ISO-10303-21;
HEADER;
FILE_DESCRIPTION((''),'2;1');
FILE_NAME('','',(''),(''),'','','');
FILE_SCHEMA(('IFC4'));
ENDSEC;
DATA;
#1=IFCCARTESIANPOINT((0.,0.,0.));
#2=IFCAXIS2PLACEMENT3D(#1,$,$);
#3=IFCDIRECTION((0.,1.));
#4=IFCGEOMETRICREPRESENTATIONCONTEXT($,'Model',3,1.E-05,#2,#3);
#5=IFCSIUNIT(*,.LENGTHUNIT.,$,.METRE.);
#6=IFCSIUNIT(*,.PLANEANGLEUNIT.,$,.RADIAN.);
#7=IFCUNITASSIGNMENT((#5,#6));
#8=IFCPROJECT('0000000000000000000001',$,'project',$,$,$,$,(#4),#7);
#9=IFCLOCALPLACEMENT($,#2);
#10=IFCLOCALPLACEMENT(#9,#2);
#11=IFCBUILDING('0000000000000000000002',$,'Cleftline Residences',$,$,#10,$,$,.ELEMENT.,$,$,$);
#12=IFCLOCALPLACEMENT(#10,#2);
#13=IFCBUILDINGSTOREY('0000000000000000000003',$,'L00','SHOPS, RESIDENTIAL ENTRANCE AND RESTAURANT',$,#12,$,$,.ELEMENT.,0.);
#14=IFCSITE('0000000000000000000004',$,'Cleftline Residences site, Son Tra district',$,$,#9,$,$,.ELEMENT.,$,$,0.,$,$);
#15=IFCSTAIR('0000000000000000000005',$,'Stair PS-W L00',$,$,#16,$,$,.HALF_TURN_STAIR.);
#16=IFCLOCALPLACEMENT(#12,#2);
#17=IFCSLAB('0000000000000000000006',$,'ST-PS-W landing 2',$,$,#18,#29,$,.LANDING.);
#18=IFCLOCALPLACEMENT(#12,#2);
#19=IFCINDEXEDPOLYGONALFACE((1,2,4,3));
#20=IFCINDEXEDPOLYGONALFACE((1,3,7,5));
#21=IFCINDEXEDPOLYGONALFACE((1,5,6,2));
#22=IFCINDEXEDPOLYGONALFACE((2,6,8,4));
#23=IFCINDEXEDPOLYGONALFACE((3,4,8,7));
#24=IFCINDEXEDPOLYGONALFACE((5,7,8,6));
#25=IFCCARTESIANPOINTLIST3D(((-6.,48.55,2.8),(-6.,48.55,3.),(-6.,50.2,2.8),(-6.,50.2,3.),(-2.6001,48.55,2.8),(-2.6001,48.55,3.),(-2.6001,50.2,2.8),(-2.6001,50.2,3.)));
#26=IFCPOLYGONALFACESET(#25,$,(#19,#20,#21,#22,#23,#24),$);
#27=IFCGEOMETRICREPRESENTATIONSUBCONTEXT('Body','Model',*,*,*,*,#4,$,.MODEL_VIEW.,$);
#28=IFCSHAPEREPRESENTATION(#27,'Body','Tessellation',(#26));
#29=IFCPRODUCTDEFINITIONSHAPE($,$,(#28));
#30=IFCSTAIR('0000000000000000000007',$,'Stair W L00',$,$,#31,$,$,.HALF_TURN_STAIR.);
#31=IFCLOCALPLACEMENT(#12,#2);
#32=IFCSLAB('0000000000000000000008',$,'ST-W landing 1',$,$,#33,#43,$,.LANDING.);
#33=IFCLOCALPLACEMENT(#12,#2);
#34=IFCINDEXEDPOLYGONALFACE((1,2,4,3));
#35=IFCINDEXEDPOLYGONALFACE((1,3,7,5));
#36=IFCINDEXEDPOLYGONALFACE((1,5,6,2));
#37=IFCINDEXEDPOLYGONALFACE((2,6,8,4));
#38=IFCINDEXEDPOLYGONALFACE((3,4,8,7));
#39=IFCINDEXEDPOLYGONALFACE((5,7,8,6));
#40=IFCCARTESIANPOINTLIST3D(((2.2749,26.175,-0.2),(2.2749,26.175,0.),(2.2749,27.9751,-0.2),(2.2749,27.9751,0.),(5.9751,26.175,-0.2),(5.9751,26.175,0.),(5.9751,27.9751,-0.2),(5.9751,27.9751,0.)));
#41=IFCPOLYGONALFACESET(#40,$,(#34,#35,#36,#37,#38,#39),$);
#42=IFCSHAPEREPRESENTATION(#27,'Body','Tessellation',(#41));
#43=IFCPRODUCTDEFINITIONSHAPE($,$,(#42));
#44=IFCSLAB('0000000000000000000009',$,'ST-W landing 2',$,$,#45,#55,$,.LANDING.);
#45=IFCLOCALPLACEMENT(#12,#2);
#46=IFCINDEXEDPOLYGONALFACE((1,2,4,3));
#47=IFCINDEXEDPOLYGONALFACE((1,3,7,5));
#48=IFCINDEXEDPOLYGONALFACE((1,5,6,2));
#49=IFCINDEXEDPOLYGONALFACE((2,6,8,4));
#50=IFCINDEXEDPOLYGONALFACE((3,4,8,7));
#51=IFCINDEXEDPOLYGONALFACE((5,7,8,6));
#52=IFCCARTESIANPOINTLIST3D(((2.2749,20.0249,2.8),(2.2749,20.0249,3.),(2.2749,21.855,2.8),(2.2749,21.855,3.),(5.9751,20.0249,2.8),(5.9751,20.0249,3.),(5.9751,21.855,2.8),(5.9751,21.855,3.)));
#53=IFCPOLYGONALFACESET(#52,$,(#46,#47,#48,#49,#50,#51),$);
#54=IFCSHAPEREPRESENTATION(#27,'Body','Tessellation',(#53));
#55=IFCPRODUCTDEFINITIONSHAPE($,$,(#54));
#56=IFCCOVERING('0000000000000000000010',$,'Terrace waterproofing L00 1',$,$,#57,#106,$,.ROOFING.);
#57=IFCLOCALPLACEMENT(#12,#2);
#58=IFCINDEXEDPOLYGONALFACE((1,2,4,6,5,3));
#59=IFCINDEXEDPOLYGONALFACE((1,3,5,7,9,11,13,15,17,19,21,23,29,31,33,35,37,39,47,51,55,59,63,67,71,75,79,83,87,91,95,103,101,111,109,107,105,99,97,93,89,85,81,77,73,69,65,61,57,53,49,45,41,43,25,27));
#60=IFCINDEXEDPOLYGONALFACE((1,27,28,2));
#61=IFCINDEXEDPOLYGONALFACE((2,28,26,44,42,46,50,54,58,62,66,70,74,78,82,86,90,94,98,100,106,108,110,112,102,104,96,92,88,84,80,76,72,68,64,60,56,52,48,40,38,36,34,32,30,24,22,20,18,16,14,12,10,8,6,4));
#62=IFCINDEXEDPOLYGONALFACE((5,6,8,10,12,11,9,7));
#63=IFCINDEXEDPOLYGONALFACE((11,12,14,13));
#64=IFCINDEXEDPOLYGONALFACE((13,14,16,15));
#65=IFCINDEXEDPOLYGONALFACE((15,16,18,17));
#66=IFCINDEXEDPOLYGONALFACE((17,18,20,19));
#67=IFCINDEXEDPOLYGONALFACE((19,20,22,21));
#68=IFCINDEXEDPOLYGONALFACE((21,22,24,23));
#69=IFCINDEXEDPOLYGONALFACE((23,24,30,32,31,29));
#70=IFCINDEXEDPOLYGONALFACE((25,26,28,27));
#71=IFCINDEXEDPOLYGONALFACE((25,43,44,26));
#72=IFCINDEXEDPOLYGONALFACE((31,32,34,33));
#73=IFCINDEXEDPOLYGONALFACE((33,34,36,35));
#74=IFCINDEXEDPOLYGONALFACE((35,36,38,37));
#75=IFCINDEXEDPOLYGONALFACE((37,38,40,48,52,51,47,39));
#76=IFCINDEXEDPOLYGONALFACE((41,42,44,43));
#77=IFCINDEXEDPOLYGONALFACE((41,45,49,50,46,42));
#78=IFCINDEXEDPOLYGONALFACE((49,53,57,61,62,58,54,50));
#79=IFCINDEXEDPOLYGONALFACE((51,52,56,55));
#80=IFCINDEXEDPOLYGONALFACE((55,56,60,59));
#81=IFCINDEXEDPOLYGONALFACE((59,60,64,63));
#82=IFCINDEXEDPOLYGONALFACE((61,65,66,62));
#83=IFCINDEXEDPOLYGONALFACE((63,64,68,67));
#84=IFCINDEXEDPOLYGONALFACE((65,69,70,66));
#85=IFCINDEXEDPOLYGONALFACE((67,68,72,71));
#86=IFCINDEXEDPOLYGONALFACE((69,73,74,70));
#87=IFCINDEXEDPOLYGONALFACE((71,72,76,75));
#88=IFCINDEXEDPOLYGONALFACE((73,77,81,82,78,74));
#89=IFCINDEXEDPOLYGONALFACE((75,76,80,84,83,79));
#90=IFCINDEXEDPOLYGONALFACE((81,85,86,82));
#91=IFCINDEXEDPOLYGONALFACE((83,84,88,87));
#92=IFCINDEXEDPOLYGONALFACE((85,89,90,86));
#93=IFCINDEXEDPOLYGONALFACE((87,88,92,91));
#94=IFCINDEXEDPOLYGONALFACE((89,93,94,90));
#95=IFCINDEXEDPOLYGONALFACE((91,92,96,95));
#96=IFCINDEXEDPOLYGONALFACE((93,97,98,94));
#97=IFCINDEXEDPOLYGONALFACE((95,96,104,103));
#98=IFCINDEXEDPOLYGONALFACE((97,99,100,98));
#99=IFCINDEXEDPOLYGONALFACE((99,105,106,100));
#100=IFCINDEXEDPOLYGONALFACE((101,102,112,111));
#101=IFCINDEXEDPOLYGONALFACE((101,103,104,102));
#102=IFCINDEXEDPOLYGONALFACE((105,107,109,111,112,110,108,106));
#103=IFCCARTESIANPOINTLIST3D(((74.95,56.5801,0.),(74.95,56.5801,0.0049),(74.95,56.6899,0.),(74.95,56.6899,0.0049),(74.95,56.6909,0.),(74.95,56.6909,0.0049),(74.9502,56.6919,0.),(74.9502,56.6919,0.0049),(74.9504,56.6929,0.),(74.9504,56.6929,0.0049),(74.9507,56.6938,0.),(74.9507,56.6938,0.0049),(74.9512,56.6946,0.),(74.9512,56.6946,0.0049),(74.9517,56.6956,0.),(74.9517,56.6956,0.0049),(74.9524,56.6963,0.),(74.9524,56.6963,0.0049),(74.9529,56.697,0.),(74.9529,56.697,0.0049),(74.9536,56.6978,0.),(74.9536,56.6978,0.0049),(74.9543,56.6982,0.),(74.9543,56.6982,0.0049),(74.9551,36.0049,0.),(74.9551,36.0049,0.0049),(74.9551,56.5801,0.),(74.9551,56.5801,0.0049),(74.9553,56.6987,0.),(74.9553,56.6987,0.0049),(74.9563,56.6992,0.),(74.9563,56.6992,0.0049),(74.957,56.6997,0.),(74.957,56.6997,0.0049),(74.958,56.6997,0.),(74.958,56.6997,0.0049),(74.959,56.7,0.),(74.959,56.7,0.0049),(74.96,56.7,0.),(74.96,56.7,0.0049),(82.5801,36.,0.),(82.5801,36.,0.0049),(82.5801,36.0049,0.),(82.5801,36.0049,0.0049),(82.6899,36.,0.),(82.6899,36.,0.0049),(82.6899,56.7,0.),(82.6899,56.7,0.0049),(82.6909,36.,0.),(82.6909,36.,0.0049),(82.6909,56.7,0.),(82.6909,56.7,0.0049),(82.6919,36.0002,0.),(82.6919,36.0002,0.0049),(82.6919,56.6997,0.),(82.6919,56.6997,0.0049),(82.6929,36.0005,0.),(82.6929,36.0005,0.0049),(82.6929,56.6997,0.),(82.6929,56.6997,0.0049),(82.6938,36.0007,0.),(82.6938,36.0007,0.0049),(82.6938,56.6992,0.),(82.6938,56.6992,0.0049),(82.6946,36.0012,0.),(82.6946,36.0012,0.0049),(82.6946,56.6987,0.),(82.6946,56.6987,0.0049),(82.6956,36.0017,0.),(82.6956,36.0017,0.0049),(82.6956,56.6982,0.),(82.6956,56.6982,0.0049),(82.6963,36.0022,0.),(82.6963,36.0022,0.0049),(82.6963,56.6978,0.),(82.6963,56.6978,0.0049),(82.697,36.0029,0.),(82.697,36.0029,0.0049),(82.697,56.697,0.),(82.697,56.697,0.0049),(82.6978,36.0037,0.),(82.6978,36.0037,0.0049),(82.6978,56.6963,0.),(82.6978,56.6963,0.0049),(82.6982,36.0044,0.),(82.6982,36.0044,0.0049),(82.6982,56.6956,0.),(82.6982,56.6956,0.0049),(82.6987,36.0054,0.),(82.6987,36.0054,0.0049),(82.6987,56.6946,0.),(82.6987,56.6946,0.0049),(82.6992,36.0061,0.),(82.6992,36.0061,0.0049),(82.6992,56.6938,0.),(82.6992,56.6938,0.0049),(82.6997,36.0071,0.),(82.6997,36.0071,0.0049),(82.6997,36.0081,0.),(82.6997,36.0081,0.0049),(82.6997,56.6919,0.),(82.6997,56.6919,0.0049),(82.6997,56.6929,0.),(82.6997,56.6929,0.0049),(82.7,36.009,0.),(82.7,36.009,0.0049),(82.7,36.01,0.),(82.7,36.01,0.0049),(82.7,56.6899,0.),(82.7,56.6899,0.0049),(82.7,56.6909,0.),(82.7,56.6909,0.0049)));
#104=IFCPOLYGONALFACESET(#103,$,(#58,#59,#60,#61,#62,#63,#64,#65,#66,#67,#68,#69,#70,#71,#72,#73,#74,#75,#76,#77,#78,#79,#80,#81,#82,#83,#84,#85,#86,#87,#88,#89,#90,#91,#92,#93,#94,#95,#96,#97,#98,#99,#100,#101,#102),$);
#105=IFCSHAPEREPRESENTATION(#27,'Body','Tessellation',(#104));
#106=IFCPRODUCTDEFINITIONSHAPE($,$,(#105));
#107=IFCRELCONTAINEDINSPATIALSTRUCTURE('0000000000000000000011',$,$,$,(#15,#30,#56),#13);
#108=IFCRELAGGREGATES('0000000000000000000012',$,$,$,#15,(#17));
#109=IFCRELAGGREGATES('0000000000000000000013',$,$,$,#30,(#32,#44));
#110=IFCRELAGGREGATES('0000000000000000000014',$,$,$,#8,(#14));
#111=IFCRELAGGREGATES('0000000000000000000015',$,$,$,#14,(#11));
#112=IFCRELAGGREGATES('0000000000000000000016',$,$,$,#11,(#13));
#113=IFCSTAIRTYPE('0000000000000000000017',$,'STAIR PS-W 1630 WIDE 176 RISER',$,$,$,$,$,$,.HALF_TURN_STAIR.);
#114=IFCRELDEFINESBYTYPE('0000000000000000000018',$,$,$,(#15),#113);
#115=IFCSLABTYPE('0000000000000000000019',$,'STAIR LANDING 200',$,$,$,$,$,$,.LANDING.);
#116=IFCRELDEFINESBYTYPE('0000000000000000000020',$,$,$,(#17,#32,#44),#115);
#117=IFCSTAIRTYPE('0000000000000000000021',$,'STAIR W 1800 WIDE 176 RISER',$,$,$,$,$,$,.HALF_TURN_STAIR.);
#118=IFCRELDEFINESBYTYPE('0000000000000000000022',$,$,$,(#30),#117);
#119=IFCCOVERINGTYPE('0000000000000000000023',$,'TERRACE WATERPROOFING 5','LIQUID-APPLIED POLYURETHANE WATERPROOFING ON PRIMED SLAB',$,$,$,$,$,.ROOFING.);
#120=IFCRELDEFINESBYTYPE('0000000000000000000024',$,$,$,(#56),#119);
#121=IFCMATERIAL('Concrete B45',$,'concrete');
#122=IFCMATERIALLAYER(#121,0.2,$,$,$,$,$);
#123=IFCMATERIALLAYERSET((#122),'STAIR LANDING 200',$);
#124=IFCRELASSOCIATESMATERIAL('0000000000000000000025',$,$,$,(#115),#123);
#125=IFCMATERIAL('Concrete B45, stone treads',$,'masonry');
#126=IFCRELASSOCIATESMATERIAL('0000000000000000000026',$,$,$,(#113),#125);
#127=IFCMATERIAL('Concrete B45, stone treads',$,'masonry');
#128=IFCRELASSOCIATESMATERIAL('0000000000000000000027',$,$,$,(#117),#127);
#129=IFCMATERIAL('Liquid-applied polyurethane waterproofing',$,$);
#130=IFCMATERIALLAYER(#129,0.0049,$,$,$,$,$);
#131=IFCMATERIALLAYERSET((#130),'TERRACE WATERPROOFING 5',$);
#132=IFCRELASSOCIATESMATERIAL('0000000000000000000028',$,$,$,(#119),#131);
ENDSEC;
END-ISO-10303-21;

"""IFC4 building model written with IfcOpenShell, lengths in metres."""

from ifc_helpers import new_model, si_unit, direction, frame, origin, place, context, subcontext, project, spatial, polyline, outline, extrude, material, layer, layer_set, type_object, element, aggregate, save


model = new_model("IFC4")

# Units and contexts
model_context = context("Model", 3, precision=1e-05, world=origin(), true_north=direction((0.0, 1.0)))
body_context = subcontext(model_context, "Body", "Model", "MODEL_VIEW")
ifc_project = project(units=[si_unit("LENGTHUNIT", "METRE"), si_unit("PLANEANGLEUNIT", "RADIAN")], contexts=[model_context])

# Site, building, storey
site_placement = place(None, origin())
site = spatial("IfcSite", under=ifc_project, at=site_placement, Name="Cleftline Residences site, Son Tra district", CompositionType="ELEMENT", RefElevation=0.0)
building_placement = place(site_placement, origin())
building = spatial("IfcBuilding", under=site, at=building_placement, Name="Cleftline Residences", CompositionType="ELEMENT")
storey_placement = place(building_placement, origin())
storey = spatial("IfcBuildingStorey", under=building, at=storey_placement, Name="L00", Description="SHOPS, RESIDENTIAL ENTRANCE AND RESTAURANT", CompositionType="ELEMENT", Elevation=0.0)

# Stairs, slabs
ifc_material_1 = material(Name="Concrete B45", Category="concrete")
ifc_layer_1 = layer(ifc_material_1, 0.2)
ifc_layer_set_1 = layer_set([ifc_layer_1], Name="STAIR LANDING 200")
slab_type_1 = type_object("IfcSlabType", Name="STAIR LANDING 200", PredefinedType="LANDING", material=ifc_layer_set_1)
ifc_material_2 = material(Name="Concrete B45, stone treads", Category="masonry")
stair_type_1 = type_object("IfcStairType", Name="STAIR PS-W 1630 WIDE 176 RISER", PredefinedType="HALF_TURN_STAIR", material=ifc_material_2)
stair_1_placement = place(storey_placement, origin())
stair_1 = element("IfcStair", 1, at=stair_1_placement, inside=storey, type_object=stair_type_1, Name="Stair PS-W L00", PredefinedType="HALF_TURN_STAIR")
slab_1_placement = place(storey_placement, frame((0.0, 0.0, 2.8)))
slab_1 = element("IfcSlab", 2, at=slab_1_placement, type_object=slab_type_1, Name="ST-PS-W landing 2", PredefinedType="LANDING", context=body_context, shape_type="SweptSolid", body=[
    extrude(outline(polyline([(-6.0, 48.55), (-2.6001, 48.55), (-2.6001, 50.2), (-6.0, 50.2), (-6.0, 48.55)])), origin(), (0.0, 0.0, 1.0), 0.2),
])
aggregate(stair_1, [slab_1])
ifc_material_3 = material(Name="Concrete B45, stone treads", Category="masonry")
stair_type_2 = type_object("IfcStairType", Name="STAIR W 1800 WIDE 176 RISER", PredefinedType="HALF_TURN_STAIR", material=ifc_material_3)
stair_2_placement = place(storey_placement, origin())
stair_2 = element("IfcStair", 3, at=stair_2_placement, inside=storey, type_object=stair_type_2, Name="Stair W L00", PredefinedType="HALF_TURN_STAIR")
slab_2_placement = place(storey_placement, frame((0.0, 0.0, -0.2)))
slab_2 = element("IfcSlab", 4, at=slab_2_placement, type_object=slab_type_1, Name="ST-W landing 1", PredefinedType="LANDING", context=body_context, shape_type="SweptSolid", body=[
    extrude(outline(polyline([(2.2749, 26.175), (5.9751, 26.175), (5.9751, 27.9751), (2.2749, 27.9751), (2.2749, 26.175)])), origin(), (0.0, 0.0, 1.0), 0.2),
])
slab_3_placement = place(storey_placement, frame((0.0, 0.0, 2.8)))
slab_3 = element("IfcSlab", 5, at=slab_3_placement, type_object=slab_type_1, Name="ST-W landing 2", PredefinedType="LANDING", context=body_context, shape_type="SweptSolid", body=[
    extrude(outline(polyline([(2.2749, 20.0249), (5.9751, 20.0249), (5.9751, 21.855), (2.2749, 21.855), (2.2749, 20.0249)])), origin(), (0.0, 0.0, 1.0), 0.2),
])
aggregate(stair_2, [slab_2, slab_3])

# Covering
ifc_material_4 = material(Name="Liquid-applied polyurethane waterproofing")
ifc_layer_2 = layer(ifc_material_4, 0.0049)
ifc_layer_set_2 = layer_set([ifc_layer_2], Name="TERRACE WATERPROOFING 5")
covering_type = type_object("IfcCoveringType", Name="TERRACE WATERPROOFING 5", Description="LIQUID-APPLIED POLYURETHANE WATERPROOFING ON PRIMED SLAB", PredefinedType="ROOFING", material=ifc_layer_set_2)
covering_placement = place(storey_placement, origin())
element("IfcCovering", 6, at=covering_placement, inside=storey, type_object=covering_type, Name="Terrace waterproofing L00 1", PredefinedType="ROOFING", context=body_context, shape_type="SweptSolid", body=[
    extrude(outline(polyline([(74.96, 56.7), (74.959, 56.7), (74.958, 56.6997), (74.957, 56.6997), (74.9563, 56.6992), (74.9553, 56.6987), (74.9543, 56.6982), (74.9536, 56.6978), (74.9529, 56.697), (74.9524, 56.6963), (74.9517, 56.6956), (74.9512, 56.6946), (74.9507, 56.6938), (74.9504, 56.6929), (74.9502, 56.6919), (74.95, 56.6909), (74.95, 56.6899), (74.95, 56.5801), (74.9551, 56.5801), (74.9551, 36.0049), (82.5801, 36.0049), (82.5801, 36.0), (82.6899, 36.0), (82.6909, 36.0), (82.6919, 36.0002), (82.6929, 36.0005), (82.6938, 36.0007), (82.6946, 36.0012), (82.6956, 36.0017), (82.6963, 36.0022), (82.697, 36.0029), (82.6978, 36.0037), (82.6982, 36.0044), (82.6987, 36.0054), (82.6992, 36.0061), (82.6997, 36.0071), (82.6997, 36.0081), (82.7, 36.009), (82.7, 36.01), (82.7, 56.6899), (82.7, 56.6909), (82.6997, 56.6919), (82.6997, 56.6929), (82.6992, 56.6938), (82.6987, 56.6946), (82.6982, 56.6956), (82.6978, 56.6963), (82.697, 56.697), (82.6963, 56.6978), (82.6956, 56.6982), (82.6946, 56.6987), (82.6938, 56.6992), (82.6929, 56.6997), (82.6919, 56.6997), (82.6909, 56.7), (82.6899, 56.7), (74.96, 56.7)])), origin(), (0.0, 0.0, 1.0), 0.0049),
])

save(model, "model.ifc")
